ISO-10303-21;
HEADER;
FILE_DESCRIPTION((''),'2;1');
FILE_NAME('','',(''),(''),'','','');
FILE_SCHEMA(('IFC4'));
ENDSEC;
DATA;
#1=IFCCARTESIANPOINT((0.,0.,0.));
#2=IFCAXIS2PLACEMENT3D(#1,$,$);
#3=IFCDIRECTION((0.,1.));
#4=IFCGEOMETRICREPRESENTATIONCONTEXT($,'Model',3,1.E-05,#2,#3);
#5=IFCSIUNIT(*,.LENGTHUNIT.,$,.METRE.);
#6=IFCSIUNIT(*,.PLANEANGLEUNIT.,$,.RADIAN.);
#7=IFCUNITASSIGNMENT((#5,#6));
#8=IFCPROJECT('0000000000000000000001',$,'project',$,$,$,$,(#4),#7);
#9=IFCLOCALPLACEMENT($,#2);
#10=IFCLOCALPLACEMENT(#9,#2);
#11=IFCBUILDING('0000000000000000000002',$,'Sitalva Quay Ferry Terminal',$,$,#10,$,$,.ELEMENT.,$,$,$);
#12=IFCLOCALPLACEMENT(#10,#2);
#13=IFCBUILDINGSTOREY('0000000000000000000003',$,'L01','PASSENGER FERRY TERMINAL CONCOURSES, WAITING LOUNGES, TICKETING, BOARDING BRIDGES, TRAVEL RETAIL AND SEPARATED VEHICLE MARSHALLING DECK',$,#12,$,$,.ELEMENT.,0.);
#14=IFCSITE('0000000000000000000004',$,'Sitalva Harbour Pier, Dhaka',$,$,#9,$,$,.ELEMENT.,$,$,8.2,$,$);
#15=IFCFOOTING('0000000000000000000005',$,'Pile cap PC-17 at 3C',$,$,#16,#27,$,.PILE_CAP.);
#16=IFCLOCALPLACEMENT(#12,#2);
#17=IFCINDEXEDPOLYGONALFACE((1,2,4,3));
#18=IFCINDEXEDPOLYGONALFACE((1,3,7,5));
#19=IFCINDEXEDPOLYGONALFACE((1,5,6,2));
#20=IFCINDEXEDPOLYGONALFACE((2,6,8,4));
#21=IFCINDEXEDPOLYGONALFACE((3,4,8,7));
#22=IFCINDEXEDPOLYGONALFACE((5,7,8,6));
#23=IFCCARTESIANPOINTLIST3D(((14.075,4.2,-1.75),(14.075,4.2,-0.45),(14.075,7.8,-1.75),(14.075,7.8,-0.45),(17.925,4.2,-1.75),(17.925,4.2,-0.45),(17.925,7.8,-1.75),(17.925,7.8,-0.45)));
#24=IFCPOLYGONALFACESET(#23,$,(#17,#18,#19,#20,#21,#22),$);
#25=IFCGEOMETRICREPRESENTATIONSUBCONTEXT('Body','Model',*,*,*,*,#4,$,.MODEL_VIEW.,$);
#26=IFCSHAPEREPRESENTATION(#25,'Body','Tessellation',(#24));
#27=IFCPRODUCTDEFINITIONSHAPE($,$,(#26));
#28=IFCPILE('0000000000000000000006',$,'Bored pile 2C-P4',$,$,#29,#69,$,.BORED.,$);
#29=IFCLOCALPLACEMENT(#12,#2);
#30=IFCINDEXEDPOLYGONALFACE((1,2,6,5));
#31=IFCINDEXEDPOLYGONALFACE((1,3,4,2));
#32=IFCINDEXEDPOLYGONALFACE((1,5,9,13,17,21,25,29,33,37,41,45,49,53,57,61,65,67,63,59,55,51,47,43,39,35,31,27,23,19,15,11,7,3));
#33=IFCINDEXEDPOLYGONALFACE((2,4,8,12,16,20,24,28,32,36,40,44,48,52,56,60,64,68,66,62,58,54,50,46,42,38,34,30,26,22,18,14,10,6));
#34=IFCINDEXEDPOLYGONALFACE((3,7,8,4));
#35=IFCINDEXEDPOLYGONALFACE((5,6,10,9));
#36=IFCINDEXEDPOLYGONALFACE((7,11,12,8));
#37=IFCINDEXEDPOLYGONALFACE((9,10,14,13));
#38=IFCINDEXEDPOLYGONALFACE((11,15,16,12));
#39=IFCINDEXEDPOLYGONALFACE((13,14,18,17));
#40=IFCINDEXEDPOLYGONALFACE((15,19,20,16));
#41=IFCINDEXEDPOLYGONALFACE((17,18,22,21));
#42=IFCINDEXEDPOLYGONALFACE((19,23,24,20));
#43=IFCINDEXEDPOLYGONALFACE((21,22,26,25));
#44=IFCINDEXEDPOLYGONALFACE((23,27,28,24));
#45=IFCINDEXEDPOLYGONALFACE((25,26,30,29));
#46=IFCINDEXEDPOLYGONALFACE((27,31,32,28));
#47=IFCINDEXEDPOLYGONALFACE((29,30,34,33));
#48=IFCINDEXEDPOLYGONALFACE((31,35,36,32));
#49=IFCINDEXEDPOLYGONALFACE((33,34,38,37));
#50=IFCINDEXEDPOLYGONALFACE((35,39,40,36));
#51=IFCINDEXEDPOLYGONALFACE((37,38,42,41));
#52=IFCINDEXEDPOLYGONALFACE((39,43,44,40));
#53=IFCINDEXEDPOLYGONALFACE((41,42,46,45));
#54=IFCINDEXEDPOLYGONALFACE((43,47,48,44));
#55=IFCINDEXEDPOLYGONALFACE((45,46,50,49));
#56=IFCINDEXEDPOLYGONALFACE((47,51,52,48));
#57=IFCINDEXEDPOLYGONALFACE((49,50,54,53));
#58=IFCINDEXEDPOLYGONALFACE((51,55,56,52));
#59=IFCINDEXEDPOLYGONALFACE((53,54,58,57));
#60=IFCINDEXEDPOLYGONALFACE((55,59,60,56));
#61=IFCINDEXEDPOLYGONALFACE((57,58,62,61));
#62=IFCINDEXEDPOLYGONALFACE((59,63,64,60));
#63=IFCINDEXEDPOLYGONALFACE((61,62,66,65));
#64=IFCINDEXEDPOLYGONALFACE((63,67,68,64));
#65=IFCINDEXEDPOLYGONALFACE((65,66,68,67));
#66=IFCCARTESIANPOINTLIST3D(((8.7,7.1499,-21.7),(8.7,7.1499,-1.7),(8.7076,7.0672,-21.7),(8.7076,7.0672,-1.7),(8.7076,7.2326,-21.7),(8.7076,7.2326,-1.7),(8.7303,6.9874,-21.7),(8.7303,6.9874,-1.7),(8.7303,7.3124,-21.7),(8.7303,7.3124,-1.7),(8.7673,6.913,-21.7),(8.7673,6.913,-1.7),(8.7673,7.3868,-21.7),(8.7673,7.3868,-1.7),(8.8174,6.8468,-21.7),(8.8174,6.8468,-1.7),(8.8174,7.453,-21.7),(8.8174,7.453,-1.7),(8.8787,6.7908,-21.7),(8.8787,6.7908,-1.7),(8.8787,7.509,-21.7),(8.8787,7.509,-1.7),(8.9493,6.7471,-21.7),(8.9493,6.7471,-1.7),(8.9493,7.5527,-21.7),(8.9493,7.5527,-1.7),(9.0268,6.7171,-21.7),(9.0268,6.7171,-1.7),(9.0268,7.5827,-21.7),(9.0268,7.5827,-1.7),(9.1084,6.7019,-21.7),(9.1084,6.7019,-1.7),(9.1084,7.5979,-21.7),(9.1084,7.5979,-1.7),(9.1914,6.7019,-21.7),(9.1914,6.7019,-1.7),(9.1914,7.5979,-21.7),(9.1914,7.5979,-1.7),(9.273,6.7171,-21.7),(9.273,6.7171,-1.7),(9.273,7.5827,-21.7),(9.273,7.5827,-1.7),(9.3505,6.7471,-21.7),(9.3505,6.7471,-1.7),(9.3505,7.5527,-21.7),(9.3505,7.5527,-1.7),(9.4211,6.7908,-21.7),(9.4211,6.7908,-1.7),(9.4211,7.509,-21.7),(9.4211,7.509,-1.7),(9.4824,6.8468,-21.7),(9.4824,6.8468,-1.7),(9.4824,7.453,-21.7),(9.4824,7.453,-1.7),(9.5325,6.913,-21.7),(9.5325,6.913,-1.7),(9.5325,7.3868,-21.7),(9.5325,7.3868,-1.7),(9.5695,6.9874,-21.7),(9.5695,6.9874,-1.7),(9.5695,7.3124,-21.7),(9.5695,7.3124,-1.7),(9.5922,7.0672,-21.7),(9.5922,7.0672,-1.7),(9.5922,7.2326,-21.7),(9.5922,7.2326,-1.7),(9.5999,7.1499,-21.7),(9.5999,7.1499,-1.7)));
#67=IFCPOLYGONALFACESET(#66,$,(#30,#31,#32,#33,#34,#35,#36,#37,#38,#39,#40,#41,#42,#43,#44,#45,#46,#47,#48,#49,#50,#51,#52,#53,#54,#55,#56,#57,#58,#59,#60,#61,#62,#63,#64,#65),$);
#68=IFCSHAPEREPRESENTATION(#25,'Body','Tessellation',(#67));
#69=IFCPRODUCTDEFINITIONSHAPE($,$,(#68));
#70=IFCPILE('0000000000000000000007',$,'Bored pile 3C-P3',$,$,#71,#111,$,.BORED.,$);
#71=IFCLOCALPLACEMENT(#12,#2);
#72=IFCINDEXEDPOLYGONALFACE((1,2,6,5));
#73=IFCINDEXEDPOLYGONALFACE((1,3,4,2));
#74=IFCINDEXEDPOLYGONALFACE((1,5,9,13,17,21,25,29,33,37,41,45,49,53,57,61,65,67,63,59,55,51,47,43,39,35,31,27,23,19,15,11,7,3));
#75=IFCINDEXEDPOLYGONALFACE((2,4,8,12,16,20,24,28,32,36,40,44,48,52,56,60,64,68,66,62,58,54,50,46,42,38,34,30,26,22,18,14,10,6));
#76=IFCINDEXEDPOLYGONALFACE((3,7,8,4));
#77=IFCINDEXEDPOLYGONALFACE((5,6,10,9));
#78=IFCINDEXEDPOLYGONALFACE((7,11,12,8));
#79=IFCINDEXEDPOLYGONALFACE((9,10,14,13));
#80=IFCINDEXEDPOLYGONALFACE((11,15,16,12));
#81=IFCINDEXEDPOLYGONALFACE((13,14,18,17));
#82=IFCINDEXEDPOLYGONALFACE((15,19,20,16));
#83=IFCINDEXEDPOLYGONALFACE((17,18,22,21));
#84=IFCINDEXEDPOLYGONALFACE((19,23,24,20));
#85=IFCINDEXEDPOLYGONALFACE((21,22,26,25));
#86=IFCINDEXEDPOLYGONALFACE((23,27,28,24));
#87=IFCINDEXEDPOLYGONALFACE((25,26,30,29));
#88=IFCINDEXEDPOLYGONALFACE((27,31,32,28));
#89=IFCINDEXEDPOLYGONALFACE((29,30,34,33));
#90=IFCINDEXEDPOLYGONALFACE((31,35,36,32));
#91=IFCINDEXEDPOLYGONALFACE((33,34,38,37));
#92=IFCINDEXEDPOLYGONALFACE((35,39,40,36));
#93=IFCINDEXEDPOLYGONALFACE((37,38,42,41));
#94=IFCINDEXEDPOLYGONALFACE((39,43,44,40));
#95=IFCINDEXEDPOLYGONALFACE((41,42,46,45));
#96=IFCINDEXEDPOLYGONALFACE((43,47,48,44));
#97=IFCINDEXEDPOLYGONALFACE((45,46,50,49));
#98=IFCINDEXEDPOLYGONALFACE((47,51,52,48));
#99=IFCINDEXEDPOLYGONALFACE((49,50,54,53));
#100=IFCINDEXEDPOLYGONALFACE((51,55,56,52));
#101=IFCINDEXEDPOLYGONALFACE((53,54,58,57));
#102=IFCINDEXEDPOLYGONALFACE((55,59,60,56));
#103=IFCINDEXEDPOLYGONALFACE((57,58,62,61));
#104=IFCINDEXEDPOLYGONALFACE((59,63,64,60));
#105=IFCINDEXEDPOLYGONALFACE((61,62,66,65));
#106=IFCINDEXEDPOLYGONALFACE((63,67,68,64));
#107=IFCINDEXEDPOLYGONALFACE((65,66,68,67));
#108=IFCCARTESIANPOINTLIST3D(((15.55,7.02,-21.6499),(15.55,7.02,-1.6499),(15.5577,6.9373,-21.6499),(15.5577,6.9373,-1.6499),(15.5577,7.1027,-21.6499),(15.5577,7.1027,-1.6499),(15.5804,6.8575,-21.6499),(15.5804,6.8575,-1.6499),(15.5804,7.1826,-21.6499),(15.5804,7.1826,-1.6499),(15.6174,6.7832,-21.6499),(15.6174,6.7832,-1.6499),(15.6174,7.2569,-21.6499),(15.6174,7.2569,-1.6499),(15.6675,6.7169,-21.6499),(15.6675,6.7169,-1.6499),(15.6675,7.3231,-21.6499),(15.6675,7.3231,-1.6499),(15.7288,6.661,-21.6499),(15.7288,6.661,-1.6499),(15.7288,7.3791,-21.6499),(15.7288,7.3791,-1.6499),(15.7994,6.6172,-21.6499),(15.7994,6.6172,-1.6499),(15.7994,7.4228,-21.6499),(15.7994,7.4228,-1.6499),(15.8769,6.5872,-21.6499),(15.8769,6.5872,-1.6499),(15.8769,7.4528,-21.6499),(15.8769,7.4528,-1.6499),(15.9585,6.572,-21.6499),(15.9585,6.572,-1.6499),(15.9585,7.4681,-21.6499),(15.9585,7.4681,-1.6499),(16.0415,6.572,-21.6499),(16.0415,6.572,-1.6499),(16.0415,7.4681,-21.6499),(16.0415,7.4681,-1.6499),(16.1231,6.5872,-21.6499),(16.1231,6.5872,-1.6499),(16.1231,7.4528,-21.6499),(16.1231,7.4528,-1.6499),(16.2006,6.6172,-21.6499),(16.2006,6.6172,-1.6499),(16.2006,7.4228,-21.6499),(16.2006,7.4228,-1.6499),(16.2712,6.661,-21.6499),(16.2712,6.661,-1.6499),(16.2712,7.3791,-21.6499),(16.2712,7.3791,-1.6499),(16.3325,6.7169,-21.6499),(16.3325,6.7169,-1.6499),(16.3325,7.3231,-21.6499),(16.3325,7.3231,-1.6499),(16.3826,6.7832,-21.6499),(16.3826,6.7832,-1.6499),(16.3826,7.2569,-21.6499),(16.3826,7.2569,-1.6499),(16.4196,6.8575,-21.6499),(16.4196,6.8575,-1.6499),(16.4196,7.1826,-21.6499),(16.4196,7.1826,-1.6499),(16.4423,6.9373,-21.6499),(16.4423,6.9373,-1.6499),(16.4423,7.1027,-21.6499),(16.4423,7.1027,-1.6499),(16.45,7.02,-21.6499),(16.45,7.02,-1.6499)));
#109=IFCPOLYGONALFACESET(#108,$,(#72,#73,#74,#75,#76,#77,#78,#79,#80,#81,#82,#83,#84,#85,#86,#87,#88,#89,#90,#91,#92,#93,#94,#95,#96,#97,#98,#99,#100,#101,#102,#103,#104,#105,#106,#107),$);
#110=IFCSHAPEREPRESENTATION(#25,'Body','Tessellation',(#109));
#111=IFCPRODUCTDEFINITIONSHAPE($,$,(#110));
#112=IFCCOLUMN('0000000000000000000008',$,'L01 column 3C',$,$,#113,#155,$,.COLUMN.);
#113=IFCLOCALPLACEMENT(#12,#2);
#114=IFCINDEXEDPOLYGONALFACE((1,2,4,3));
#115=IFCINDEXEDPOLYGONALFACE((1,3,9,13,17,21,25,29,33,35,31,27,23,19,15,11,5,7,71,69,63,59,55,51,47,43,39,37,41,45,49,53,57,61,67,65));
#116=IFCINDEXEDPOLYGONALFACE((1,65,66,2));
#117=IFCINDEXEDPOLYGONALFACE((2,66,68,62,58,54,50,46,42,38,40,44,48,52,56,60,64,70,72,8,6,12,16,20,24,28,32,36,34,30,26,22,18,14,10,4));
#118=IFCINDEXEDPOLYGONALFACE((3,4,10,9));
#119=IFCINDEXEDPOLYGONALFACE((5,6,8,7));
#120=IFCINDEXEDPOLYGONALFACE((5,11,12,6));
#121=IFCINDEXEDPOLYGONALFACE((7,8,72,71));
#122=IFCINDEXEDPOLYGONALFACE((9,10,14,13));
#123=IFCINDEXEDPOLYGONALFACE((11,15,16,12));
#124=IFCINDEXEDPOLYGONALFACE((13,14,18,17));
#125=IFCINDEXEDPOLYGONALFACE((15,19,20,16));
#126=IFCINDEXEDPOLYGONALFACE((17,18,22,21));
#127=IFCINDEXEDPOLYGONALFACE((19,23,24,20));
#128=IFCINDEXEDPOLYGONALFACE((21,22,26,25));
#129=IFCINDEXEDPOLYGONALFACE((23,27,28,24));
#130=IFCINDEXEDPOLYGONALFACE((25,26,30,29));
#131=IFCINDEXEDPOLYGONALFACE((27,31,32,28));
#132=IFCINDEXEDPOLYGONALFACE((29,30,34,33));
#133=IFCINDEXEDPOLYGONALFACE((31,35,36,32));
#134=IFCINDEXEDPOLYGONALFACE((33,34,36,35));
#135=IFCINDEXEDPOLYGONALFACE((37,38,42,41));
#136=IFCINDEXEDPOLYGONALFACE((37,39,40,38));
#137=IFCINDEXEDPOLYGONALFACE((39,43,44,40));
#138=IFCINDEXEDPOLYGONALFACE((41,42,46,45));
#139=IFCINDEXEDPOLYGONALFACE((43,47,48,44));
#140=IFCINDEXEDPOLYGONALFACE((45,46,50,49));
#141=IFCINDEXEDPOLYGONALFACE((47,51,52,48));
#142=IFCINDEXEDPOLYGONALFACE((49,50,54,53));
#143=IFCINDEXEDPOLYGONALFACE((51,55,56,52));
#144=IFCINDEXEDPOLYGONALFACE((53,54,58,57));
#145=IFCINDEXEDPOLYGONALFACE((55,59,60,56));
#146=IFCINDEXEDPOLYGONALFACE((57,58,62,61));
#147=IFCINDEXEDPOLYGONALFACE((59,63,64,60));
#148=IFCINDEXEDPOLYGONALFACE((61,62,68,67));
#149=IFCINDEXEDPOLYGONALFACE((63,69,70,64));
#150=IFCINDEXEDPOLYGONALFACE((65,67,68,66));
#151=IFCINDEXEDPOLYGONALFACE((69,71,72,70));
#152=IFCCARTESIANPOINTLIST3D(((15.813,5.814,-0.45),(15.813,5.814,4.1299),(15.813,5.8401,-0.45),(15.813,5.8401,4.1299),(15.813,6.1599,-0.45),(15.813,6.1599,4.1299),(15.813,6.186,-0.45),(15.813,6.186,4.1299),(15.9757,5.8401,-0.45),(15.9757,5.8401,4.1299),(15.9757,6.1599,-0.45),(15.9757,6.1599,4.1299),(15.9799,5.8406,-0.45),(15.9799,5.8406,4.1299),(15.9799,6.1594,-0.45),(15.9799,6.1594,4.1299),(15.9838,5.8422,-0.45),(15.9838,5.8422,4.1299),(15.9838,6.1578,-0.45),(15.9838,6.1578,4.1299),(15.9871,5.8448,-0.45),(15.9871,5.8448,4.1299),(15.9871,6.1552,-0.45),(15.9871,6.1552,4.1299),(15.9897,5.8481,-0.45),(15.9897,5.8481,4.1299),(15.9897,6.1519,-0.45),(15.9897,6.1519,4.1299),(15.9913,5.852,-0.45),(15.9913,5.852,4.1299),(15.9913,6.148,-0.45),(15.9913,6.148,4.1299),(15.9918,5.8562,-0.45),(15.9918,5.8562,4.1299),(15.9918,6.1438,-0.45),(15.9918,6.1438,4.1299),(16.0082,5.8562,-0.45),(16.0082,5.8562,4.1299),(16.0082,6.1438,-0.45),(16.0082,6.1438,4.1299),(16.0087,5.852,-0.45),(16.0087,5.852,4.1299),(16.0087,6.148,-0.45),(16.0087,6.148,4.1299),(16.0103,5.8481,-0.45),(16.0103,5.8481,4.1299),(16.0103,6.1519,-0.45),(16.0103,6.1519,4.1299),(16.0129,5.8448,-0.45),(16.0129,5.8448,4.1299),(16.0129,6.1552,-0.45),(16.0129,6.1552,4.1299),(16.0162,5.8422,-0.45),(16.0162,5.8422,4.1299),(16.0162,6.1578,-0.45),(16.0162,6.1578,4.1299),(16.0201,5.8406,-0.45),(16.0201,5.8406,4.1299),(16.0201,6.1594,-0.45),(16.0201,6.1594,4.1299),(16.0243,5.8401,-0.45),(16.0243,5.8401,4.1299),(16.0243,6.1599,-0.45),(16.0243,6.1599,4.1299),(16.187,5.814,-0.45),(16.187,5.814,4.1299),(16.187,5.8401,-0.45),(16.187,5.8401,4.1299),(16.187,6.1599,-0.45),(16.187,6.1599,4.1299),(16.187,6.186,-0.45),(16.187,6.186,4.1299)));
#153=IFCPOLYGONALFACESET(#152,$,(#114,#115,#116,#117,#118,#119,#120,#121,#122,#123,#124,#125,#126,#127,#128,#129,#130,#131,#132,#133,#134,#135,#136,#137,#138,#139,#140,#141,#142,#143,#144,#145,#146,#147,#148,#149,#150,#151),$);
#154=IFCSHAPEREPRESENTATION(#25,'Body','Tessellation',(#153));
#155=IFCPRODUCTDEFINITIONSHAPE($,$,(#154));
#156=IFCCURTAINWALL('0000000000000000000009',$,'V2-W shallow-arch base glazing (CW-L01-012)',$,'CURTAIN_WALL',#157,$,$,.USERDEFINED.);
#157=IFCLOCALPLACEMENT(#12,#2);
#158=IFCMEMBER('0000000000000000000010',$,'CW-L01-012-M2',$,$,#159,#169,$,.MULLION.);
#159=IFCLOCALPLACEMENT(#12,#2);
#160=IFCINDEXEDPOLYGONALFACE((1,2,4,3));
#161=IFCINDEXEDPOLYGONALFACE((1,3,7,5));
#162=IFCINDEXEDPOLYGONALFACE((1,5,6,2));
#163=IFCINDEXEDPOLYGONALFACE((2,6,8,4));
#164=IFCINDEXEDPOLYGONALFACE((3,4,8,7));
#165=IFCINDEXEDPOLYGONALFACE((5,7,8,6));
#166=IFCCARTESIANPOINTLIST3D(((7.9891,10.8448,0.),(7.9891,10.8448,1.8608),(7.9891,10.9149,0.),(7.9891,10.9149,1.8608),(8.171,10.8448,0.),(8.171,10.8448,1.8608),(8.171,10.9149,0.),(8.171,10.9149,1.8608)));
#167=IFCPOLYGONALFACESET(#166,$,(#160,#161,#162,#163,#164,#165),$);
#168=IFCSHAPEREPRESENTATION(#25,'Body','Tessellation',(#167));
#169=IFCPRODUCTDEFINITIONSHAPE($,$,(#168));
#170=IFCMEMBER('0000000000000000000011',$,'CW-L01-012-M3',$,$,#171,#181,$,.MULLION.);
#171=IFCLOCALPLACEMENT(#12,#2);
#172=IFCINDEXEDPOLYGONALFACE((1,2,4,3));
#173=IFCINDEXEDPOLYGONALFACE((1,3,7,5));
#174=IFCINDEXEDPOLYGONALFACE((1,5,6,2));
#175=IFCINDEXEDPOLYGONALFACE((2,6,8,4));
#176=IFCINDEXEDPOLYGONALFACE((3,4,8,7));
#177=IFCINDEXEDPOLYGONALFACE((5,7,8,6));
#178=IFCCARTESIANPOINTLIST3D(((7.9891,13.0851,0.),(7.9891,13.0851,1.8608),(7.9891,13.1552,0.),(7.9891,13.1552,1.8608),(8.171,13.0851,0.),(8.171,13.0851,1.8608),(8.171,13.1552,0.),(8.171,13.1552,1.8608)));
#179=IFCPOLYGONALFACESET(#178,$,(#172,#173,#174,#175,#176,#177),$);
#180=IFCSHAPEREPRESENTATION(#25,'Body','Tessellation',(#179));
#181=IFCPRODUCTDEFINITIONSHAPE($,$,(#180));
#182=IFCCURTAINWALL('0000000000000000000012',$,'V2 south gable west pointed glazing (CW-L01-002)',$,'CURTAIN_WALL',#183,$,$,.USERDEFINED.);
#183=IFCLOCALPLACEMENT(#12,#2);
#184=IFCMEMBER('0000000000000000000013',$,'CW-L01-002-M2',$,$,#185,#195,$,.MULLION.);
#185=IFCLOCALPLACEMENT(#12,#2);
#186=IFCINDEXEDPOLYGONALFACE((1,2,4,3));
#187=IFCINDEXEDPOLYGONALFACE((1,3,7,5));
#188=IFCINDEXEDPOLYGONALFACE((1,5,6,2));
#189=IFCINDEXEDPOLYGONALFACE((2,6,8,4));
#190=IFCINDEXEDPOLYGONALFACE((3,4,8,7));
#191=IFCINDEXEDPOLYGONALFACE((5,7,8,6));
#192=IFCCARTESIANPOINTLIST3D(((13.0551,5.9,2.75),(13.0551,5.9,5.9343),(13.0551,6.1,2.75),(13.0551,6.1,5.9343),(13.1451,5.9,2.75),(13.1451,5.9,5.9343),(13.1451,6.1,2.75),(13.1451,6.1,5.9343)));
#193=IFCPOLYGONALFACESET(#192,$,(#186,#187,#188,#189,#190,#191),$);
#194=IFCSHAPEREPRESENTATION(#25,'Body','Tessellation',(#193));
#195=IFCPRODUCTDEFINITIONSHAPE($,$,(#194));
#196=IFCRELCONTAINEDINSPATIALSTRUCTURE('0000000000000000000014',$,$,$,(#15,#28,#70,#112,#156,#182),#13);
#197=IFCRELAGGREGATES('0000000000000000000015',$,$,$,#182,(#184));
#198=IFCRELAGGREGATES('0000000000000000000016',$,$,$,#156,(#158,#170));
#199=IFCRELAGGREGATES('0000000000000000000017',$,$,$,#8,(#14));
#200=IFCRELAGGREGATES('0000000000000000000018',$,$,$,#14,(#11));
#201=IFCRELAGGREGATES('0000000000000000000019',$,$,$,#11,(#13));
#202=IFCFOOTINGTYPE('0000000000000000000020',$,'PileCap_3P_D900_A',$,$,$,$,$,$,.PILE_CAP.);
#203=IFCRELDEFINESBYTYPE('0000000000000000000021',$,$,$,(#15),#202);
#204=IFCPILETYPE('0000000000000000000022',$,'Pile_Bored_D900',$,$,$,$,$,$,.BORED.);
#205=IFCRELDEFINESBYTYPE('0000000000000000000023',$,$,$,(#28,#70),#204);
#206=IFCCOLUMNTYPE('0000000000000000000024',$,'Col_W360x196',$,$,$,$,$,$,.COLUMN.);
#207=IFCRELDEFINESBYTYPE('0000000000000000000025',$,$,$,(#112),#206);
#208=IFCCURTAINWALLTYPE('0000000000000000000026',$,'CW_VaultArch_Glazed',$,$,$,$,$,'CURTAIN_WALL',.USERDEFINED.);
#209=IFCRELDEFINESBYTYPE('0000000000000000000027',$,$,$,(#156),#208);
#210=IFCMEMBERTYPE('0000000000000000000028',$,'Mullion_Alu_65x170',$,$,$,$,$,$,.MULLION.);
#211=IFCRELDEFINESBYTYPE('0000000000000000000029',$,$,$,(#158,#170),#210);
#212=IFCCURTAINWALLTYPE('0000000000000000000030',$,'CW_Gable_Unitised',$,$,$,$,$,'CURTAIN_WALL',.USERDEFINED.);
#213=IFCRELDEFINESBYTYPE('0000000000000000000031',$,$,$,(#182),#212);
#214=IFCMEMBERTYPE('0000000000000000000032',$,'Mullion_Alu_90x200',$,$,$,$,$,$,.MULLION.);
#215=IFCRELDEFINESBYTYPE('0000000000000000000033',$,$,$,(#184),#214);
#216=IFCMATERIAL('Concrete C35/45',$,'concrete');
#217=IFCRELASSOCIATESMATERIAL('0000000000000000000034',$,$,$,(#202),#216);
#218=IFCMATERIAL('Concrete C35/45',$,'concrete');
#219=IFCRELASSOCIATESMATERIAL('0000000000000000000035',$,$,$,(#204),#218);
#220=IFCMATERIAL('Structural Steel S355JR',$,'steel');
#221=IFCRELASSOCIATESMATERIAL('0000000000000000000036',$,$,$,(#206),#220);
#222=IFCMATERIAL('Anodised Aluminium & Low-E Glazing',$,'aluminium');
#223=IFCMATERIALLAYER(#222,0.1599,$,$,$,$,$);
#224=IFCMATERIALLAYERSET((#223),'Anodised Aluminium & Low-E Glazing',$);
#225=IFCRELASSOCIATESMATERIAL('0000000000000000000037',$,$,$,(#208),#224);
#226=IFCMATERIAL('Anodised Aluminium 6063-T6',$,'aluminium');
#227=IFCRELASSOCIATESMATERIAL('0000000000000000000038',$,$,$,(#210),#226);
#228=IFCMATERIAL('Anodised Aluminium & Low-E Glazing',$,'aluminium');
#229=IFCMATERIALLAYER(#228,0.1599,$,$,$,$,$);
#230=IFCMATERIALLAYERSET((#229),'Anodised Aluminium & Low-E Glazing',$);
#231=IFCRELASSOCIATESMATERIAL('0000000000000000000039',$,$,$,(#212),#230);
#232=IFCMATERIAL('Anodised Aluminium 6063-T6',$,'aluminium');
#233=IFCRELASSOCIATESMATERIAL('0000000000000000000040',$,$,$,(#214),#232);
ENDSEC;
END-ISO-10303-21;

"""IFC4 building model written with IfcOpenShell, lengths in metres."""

from ifc_helpers import new_model, si_unit, direction, frame, origin, origin_2d, place, context, subcontext, project, spatial, rectangle, circle, i_section, extrude, material, layer, layer_set, material_profile, profile_set, type_object, element, aggregate, save


model = new_model("IFC4")

# Units and contexts
model_context = context("Model", 3, precision=1e-05, world=origin(), true_north=direction((0.0, 1.0)))
body_context = subcontext(model_context, "Body", "Model", "MODEL_VIEW")
ifc_project = project(units=[si_unit("LENGTHUNIT", "METRE"), si_unit("PLANEANGLEUNIT", "RADIAN")], contexts=[model_context])

# Site, building, storey
site_placement = place(None, origin())
site = spatial("IfcSite", under=ifc_project, at=site_placement, Name="Sitalva Harbour Pier, Dhaka", CompositionType="ELEMENT", RefElevation=8.2)
building_placement = place(site_placement, origin())
building = spatial("IfcBuilding", under=site, at=building_placement, Name="Sitalva Quay Ferry Terminal", CompositionType="ELEMENT")
storey_placement = place(building_placement, origin())
storey = spatial("IfcBuildingStorey", under=building, at=storey_placement, Name="L01", Description="PASSENGER FERRY TERMINAL CONCOURSES, WAITING LOUNGES, TICKETING, BOARDING BRIDGES, TRAVEL RETAIL AND SEPARATED VEHICLE MARSHALLING DECK", CompositionType="ELEMENT", Elevation=0.0)

# Footing
ifc_material_1 = material(Name="Concrete C35/45", Category="concrete")
footing_type = type_object("IfcFootingType", Name="PileCap_3P_D900_A", PredefinedType="PILE_CAP", material=ifc_material_1)
footing_placement = place(storey_placement, frame((16.0, 6.0, -1.75), z_axis=(0.0, 0.0, 1.0), x_axis=(1.0, 0.0, 0.0)))
element("IfcFooting", 1, at=footing_placement, inside=storey, type_object=footing_type, Name="Pile cap PC-17 at 3C", PredefinedType="PILE_CAP", context=body_context, shape_type="SweptSolid", body=[
    extrude(rectangle(XDim=3.8501, YDim=3.6001, at=origin_2d()), origin(), (0.0, 0.0, 1.0), 1.3),
])

# Piles
ifc_material_2 = material(Name="Concrete C35/45", Category="concrete")
ifc_material_profile_1 = material_profile(ifc_material_2, circle(Radius=0.45, at=origin_2d()), Name="PILE-D900")
ifc_profile_set_1 = profile_set([ifc_material_profile_1], Name="Concrete C35/45")
pile_type = type_object("IfcPileType", Name="Pile_Bored_D900", PredefinedType="BORED", material=ifc_profile_set_1)
for number, where, z_axis, x_axis, name in (
    (2, (9.1499, 7.1499, -1.7), (0.0, 0.0, -1.0), (1.0, 0.0, 0.0), "Bored pile 2C-P4"),
    (3, (16.0, 7.02, -1.6499), (0.0, 0.0, -1.0), (1.0, 0.0, 0.0), "Bored pile 3C-P3"),
):
    element("IfcPile", number, at=place(storey_placement, frame(where, z_axis=z_axis, x_axis=x_axis)), inside=storey, type_object=pile_type, Name=name, PredefinedType="BORED", context=body_context, shape_type="SweptSolid", body=[
        extrude(circle(Radius=0.45, at=origin_2d()), origin(), (0.0, 0.0, 1.0), 20.0),
    ])

# Column
ifc_material_3 = material(Name="Structural Steel S355JR", Category="steel")
ifc_material_profile_2 = material_profile(ifc_material_3, i_section(OverallWidth=0.374, OverallDepth=0.3721, WebThickness=0.0164, FlangeThickness=0.0261, FilletRadius=0.0161, at=origin_2d()), Name="W360x196")
ifc_profile_set_2 = profile_set([ifc_material_profile_2], Name="Structural Steel S355JR")
column_type = type_object("IfcColumnType", Name="Col_W360x196", PredefinedType="COLUMN", material=ifc_profile_set_2)
column_placement = place(storey_placement, frame((16.0, 6.0, -0.45), z_axis=(0.0, 0.0, 1.0), x_axis=(1.0, 0.0, 0.0)))
element("IfcColumn", 4, at=column_placement, inside=storey, type_object=column_type, Name="L01 column 3C", PredefinedType="COLUMN", context=body_context, shape_type="SweptSolid", body=[
    extrude(i_section(OverallWidth=0.374, OverallDepth=0.3721, WebThickness=0.0164, FlangeThickness=0.0261, FilletRadius=0.0161, at=origin_2d()), origin(), (0.0, 0.0, 1.0), 4.5798),
])

# Curtain walls, members
ifc_material_4 = material(Name="Anodised Aluminium & Low-E Glazing", Category="aluminium")
ifc_layer_1 = layer(ifc_material_4, 0.1599)
ifc_layer_set_1 = layer_set([ifc_layer_1], Name="Anodised Aluminium & Low-E Glazing")
curtain_wall_type_1 = type_object("IfcCurtainWallType", Name="CW_VaultArch_Glazed", ElementType="CURTAIN_WALL", PredefinedType="USERDEFINED", material=ifc_layer_set_1)
curtain_wall_1_placement = place(storey_placement, origin())
curtain_wall_1 = element("IfcCurtainWall", 5, at=curtain_wall_1_placement, inside=storey, type_object=curtain_wall_type_1, Name="V2-W shallow-arch base glazing (CW-L01-012)", ObjectType="CURTAIN_WALL", PredefinedType="USERDEFINED")
ifc_material_5 = material(Name="Anodised Aluminium 6063-T6", Category="aluminium")
ifc_material_profile_3 = material_profile(ifc_material_5, rectangle(XDim=0.0701, YDim=0.1819, at=origin_2d()), Name="ALU70x182")
ifc_profile_set_3 = profile_set([ifc_material_profile_3], Name="Anodised Aluminium 6063-T6")
member_type_1 = type_object("IfcMemberType", Name="Mullion_Alu_65x170", PredefinedType="MULLION", material=ifc_profile_set_3)
member_1_placement = place(storey_placement, frame((8.0801, 10.8799, 0.0), z_axis=(0.0, 0.0, 1.0), x_axis=(0.0, 1.0, 0.0)))
member_1 = element("IfcMember", 6, at=member_1_placement, type_object=member_type_1, Name="CW-L01-012-M2", PredefinedType="MULLION", context=body_context, shape_type="SweptSolid", body=[
    extrude(rectangle(XDim=0.0701, YDim=0.1819, at=origin_2d()), origin(), (0.0, 0.0, 1.0), 1.8608),
])
member_2_placement = place(storey_placement, frame((8.0801, 13.1201, 0.0), z_axis=(0.0, 0.0, 1.0), x_axis=(0.0, 1.0, 0.0)))
member_2 = element("IfcMember", 7, at=member_2_placement, type_object=member_type_1, Name="CW-L01-012-M3", PredefinedType="MULLION", context=body_context, shape_type="SweptSolid", body=[
    extrude(rectangle(XDim=0.0701, YDim=0.1819, at=origin_2d()), origin(), (0.0, 0.0, 1.0), 1.8608),
])
ifc_material_6 = material(Name="Anodised Aluminium & Low-E Glazing", Category="aluminium")
ifc_layer_2 = layer(ifc_material_6, 0.1599)
ifc_layer_set_2 = layer_set([ifc_layer_2], Name="Anodised Aluminium & Low-E Glazing")
curtain_wall_type_2 = type_object("IfcCurtainWallType", Name="CW_Gable_Unitised", ElementType="CURTAIN_WALL", PredefinedType="USERDEFINED", material=ifc_layer_set_2)
curtain_wall_2_placement = place(storey_placement, origin())
curtain_wall_2 = element("IfcCurtainWall", 8, at=curtain_wall_2_placement, inside=storey, type_object=curtain_wall_type_2, Name="V2 south gable west pointed glazing (CW-L01-002)", ObjectType="CURTAIN_WALL", PredefinedType="USERDEFINED")
ifc_material_7 = material(Name="Anodised Aluminium 6063-T6", Category="aluminium")
ifc_material_profile_4 = material_profile(ifc_material_7, rectangle(XDim=0.0901, YDim=0.2, at=origin_2d()), Name="ALU90x200")
ifc_profile_set_4 = profile_set([ifc_material_profile_4], Name="Anodised Aluminium 6063-T6")
member_type_2 = type_object("IfcMemberType", Name="Mullion_Alu_90x200", PredefinedType="MULLION", material=ifc_profile_set_4)
member_3_placement = place(storey_placement, frame((13.1001, 6.0, 2.75), z_axis=(0.0, 0.0, 1.0), x_axis=(1.0, 0.0, 0.0)))
member_3 = element("IfcMember", 9, at=member_3_placement, type_object=member_type_2, Name="CW-L01-002-M2", PredefinedType="MULLION", context=body_context, shape_type="SweptSolid", body=[
    extrude(rectangle(XDim=0.0901, YDim=0.2, at=origin_2d()), origin(), (0.0, 0.0, 1.0), 3.1843),
])
aggregate(curtain_wall_2, [member_3])

aggregate(curtain_wall_1, [member_1, member_2])

save(model, "model.ifc")
